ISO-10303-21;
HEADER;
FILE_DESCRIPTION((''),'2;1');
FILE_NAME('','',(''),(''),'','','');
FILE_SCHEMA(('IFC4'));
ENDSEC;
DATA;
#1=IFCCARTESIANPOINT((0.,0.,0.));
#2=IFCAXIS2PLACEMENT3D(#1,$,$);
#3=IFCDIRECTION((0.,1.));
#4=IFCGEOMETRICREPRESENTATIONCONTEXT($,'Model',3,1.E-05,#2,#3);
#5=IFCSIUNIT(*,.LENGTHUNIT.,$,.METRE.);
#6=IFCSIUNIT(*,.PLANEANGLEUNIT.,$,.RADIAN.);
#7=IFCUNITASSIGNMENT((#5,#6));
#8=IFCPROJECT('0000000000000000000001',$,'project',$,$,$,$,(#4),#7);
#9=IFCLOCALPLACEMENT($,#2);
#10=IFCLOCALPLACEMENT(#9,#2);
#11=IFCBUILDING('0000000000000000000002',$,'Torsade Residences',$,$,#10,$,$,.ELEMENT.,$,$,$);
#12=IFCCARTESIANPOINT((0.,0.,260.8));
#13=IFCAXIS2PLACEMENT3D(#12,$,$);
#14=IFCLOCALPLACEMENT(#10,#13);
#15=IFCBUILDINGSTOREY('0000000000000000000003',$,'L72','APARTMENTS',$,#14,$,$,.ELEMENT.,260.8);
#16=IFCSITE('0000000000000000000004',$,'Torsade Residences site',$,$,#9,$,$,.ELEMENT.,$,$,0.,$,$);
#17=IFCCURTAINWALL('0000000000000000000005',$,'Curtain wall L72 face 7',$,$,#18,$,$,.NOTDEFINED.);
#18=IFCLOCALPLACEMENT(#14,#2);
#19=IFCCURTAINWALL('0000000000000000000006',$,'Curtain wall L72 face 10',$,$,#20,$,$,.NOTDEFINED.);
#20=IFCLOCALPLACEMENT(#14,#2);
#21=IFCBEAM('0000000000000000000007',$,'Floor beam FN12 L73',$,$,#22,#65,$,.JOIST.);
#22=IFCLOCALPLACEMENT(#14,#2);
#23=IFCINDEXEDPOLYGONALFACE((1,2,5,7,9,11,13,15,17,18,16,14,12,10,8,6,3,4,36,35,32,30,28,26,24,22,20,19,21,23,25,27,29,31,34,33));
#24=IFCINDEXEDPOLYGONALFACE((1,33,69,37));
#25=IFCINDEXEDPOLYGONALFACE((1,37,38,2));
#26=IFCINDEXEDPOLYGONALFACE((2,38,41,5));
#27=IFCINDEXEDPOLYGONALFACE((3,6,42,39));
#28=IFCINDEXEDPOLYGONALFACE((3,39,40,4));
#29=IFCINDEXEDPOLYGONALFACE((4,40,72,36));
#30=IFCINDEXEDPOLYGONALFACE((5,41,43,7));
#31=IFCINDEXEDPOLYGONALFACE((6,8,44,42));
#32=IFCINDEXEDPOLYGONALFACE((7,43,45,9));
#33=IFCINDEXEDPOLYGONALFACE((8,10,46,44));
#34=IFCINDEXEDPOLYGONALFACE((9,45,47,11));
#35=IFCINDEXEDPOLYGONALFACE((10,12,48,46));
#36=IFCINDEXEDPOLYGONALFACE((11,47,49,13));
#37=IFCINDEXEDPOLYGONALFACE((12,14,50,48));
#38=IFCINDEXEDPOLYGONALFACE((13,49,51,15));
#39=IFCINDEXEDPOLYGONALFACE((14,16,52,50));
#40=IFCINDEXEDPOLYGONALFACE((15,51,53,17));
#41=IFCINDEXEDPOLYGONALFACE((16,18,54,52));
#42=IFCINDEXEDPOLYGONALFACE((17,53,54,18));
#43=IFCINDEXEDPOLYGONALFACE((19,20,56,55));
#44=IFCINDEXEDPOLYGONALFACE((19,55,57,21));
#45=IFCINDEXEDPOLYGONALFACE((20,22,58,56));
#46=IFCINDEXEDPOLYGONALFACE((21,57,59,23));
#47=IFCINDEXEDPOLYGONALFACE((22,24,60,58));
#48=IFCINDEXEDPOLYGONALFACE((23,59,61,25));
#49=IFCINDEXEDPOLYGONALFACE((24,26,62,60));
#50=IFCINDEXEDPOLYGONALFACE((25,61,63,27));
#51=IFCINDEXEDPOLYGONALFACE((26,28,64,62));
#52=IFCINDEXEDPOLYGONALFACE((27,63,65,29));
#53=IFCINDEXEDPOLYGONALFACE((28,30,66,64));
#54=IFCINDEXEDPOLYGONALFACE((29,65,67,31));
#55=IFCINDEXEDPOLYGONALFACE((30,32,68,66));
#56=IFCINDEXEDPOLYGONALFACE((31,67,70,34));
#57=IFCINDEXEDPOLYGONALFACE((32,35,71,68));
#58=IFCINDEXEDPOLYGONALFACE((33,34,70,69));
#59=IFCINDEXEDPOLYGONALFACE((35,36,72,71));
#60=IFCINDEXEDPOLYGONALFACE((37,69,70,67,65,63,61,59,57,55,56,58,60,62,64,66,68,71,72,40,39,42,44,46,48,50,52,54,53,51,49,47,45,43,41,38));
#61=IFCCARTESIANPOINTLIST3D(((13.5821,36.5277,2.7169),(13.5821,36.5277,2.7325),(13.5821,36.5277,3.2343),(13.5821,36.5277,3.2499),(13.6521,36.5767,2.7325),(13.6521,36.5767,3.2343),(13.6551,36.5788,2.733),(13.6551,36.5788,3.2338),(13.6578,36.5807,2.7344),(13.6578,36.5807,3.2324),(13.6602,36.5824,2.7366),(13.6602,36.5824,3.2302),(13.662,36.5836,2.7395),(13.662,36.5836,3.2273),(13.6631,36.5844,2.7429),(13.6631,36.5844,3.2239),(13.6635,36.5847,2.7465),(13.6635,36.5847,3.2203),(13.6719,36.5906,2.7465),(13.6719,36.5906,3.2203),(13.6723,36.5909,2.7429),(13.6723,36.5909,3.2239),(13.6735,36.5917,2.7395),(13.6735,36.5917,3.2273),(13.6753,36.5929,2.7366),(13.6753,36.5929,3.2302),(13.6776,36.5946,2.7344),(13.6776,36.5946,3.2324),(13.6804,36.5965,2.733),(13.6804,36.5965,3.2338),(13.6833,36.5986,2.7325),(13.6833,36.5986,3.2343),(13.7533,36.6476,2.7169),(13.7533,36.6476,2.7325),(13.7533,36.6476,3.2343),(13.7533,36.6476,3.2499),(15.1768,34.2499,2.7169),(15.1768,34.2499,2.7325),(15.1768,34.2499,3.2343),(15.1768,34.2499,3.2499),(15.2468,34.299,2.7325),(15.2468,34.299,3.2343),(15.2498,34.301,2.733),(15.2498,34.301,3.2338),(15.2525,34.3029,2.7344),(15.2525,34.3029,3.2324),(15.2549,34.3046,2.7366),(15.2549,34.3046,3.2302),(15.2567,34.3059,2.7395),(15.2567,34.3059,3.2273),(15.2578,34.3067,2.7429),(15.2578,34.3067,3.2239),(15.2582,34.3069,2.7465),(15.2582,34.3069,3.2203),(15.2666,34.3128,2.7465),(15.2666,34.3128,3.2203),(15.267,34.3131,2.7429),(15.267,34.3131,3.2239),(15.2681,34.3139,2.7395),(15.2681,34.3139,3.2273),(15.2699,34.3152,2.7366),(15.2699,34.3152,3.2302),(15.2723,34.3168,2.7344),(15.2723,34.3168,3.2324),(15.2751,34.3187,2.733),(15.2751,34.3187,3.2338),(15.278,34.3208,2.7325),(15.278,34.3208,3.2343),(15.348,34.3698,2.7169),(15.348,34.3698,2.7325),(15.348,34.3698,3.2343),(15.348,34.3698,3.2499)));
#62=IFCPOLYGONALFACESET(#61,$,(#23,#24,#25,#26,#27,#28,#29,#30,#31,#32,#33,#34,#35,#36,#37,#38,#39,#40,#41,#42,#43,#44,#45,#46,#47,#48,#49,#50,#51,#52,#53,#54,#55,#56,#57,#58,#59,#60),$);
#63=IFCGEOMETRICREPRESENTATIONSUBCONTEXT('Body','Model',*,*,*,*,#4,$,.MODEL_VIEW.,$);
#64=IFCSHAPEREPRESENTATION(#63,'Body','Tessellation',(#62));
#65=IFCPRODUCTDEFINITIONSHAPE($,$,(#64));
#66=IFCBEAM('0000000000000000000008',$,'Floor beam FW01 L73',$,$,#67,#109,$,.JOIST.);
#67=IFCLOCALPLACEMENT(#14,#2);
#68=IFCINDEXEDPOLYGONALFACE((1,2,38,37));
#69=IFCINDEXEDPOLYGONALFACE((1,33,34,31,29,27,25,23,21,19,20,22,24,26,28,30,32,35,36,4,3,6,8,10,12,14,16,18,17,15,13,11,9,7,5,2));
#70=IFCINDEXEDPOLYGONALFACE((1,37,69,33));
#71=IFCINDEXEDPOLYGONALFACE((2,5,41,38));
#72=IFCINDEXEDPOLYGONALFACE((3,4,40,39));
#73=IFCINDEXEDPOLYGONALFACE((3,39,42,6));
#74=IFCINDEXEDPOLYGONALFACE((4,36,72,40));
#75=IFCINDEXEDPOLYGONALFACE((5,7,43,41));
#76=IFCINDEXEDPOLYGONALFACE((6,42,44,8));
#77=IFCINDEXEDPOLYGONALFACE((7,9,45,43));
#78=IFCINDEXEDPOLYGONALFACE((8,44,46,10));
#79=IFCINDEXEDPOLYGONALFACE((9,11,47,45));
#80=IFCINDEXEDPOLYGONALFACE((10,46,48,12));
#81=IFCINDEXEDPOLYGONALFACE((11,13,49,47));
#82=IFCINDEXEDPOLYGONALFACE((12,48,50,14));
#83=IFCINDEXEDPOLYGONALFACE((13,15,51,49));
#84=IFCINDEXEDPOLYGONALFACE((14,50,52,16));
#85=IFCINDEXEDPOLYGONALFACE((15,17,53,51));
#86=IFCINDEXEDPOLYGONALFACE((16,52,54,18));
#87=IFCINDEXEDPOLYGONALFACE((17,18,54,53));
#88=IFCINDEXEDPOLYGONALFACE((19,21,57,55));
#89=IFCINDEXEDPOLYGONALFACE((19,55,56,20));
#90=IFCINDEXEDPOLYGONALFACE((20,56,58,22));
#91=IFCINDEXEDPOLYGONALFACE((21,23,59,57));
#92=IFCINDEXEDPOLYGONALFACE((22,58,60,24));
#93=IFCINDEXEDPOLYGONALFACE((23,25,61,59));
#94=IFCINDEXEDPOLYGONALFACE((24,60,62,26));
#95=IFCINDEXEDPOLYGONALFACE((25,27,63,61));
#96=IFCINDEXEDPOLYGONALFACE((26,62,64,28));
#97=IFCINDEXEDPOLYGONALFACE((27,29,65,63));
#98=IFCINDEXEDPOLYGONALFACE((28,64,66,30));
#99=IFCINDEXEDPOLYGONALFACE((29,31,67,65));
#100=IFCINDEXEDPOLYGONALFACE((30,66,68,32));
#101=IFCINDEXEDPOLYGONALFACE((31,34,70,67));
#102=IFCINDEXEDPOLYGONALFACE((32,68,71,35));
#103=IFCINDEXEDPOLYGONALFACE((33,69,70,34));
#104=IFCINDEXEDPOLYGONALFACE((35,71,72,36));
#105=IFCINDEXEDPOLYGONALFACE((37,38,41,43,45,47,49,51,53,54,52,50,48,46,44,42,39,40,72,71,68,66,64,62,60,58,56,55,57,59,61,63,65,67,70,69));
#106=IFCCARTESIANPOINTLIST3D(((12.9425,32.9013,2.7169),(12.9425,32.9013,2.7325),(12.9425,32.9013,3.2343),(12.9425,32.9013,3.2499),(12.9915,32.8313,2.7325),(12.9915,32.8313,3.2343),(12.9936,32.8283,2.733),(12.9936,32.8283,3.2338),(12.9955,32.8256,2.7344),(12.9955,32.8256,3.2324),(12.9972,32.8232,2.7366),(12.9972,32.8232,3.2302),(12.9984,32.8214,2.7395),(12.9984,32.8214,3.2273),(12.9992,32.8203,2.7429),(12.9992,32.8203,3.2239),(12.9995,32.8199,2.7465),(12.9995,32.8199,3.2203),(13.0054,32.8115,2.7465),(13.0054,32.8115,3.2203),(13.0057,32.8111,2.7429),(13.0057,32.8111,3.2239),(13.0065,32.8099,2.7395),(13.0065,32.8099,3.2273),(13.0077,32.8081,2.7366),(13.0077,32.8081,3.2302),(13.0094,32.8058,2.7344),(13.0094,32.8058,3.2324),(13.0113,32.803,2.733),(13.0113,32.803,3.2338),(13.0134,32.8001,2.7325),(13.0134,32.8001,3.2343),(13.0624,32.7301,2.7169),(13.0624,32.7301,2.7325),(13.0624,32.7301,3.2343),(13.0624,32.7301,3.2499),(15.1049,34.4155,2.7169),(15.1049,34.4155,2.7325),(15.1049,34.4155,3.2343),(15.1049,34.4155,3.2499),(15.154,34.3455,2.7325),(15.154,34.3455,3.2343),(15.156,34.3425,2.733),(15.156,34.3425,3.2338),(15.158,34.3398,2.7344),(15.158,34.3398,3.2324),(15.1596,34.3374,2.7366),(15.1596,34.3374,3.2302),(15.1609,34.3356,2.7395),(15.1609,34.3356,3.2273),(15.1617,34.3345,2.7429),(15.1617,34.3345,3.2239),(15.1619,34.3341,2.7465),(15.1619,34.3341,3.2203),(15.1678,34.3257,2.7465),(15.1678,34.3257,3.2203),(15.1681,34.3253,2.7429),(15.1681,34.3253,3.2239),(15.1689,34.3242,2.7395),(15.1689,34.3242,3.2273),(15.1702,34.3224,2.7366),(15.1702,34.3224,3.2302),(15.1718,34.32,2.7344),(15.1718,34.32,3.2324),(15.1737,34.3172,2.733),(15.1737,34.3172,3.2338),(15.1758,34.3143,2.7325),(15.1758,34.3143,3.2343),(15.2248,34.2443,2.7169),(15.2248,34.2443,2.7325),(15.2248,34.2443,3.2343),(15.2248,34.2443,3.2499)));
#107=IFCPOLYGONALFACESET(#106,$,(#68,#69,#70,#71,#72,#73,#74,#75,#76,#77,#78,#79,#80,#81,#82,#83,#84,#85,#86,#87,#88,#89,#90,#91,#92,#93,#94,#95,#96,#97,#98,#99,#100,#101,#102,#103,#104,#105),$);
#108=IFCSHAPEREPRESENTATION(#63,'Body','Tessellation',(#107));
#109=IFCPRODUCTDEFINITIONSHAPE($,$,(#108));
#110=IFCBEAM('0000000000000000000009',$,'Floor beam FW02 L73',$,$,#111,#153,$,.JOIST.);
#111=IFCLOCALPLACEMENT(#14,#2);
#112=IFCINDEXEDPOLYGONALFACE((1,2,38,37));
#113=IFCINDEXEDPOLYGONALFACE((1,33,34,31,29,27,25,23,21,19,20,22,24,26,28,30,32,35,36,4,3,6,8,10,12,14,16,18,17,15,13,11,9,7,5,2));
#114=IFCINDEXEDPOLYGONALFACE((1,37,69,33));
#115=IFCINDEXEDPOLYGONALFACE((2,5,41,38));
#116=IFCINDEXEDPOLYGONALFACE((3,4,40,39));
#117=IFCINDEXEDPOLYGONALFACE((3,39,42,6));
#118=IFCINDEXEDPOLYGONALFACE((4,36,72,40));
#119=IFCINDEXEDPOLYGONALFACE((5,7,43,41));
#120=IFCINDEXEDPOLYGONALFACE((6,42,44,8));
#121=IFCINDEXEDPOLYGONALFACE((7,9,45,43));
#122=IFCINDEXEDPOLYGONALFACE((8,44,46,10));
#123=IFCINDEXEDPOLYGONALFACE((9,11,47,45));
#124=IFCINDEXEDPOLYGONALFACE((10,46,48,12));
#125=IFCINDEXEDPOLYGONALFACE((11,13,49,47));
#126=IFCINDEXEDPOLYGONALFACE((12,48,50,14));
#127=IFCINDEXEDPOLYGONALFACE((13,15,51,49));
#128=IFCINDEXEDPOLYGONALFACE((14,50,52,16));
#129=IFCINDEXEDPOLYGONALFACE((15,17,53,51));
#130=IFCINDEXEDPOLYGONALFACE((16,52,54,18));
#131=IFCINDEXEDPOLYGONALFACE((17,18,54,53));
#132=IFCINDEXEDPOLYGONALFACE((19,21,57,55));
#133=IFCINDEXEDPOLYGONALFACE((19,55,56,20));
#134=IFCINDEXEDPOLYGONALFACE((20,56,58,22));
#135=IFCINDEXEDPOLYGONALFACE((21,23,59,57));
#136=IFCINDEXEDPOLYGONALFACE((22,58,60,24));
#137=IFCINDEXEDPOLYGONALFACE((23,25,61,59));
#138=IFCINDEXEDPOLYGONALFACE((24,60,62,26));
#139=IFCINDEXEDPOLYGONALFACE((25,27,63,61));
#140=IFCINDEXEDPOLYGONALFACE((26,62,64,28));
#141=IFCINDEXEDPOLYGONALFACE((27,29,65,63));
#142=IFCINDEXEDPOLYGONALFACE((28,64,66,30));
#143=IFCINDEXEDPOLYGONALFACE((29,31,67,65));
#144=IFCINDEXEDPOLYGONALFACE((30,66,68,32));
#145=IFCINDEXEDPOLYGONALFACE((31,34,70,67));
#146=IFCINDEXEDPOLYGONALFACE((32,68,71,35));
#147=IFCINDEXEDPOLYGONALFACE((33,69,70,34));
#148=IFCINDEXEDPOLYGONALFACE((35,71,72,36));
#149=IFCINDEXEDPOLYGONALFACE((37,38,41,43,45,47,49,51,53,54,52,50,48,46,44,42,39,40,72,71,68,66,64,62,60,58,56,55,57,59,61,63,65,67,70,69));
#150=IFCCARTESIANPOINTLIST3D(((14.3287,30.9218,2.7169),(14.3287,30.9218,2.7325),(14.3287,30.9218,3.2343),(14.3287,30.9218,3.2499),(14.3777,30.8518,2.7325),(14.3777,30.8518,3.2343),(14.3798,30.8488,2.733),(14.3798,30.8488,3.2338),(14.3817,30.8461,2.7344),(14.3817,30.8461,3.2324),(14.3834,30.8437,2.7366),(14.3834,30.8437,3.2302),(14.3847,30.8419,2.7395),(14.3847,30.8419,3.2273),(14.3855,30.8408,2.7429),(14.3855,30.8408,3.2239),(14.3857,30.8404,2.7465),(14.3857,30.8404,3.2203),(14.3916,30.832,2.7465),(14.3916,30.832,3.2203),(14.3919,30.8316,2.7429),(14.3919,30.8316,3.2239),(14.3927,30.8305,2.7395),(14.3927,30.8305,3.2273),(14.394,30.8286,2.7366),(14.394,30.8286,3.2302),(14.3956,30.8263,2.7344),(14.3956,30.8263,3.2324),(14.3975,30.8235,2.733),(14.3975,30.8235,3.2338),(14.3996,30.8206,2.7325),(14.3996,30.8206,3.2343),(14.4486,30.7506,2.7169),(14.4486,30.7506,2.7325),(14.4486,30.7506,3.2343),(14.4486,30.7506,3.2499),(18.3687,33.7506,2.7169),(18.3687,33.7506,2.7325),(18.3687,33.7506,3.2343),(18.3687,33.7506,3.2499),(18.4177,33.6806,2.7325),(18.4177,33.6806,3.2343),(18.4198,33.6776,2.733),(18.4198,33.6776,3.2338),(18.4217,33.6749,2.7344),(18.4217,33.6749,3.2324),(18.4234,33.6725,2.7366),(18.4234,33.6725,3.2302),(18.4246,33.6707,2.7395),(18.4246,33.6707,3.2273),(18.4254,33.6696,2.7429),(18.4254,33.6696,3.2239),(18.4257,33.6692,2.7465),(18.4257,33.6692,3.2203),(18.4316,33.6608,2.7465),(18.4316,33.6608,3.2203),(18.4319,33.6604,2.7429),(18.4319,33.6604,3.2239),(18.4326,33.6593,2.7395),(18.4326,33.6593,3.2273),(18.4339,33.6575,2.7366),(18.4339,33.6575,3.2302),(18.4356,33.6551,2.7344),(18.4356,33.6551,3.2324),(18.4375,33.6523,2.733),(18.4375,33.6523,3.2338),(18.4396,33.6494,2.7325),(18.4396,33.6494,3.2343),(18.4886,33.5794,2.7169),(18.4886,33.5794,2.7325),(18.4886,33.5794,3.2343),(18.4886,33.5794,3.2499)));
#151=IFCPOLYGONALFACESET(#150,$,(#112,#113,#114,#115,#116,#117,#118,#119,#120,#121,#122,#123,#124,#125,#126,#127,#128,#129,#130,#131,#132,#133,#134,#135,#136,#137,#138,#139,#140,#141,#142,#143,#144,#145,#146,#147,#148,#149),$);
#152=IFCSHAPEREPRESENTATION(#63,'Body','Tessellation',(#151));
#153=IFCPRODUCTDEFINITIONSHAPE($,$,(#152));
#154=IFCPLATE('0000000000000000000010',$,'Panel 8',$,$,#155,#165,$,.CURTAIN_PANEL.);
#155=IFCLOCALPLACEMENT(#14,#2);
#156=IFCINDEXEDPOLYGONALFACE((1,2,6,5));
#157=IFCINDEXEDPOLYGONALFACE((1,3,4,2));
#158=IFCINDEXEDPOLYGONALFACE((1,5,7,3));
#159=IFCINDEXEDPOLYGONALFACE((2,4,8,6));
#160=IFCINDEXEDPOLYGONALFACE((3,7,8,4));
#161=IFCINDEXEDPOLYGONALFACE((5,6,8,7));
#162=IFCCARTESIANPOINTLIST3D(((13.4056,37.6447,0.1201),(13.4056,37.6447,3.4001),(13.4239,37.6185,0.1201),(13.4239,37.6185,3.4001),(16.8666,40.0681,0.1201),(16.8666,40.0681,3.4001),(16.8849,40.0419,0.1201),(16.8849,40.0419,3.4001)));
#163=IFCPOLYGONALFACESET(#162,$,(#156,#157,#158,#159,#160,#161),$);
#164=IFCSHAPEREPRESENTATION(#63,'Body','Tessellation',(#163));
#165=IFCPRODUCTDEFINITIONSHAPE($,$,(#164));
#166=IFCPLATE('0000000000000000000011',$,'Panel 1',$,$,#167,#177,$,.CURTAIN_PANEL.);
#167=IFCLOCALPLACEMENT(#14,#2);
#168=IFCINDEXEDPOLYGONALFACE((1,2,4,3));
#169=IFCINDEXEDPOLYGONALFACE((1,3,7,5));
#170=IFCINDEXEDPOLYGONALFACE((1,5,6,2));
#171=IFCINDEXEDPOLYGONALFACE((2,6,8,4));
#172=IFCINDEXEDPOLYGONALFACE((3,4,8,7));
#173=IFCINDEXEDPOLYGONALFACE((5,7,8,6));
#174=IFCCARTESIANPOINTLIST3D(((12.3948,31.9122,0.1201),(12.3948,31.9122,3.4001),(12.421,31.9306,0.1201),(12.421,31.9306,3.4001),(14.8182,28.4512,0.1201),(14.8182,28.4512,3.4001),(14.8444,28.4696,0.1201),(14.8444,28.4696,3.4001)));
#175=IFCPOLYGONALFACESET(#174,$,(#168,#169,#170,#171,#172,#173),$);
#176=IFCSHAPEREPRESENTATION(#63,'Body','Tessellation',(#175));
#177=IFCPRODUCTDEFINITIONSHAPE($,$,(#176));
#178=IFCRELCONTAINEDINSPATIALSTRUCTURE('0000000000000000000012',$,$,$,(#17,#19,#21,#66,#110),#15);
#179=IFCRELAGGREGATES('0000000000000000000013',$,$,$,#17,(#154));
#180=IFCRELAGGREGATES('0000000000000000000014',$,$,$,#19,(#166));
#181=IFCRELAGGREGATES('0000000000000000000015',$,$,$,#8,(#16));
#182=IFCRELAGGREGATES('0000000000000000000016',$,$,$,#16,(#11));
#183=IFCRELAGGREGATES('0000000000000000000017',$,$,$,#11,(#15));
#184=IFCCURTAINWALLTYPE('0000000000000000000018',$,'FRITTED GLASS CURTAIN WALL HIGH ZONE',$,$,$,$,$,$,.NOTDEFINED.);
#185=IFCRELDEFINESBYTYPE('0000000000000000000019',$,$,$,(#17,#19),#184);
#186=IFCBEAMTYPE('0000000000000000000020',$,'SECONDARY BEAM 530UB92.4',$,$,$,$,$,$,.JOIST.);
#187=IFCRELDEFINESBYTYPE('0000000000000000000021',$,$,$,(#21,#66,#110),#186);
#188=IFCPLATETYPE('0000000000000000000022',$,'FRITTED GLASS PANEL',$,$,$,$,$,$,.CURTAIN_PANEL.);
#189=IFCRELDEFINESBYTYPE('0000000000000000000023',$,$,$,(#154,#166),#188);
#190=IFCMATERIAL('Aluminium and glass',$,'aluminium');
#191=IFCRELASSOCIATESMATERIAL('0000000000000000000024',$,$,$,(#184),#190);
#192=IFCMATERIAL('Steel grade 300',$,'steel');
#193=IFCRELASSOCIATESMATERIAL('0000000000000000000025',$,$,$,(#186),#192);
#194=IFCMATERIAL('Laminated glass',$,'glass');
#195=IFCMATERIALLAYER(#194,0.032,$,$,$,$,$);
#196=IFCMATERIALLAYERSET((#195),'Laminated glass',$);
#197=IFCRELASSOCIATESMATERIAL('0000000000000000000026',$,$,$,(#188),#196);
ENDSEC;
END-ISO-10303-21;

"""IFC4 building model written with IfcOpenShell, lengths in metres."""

from ifc_helpers import new_model, si_unit, direction, frame, origin, origin_2d, place, context, subcontext, project, spatial, rectangle, i_section, extrude, material, layer, layer_set, material_profile, profile_set, type_object, element, aggregate, save


model = new_model("IFC4")

# Units and contexts
model_context = context("Model", 3, precision=1e-05, world=origin(), true_north=direction((0.0, 1.0)))
body_context = subcontext(model_context, "Body", "Model", "MODEL_VIEW")
ifc_project = project(units=[si_unit("LENGTHUNIT", "METRE"), si_unit("PLANEANGLEUNIT", "RADIAN")], contexts=[model_context])

# Site, building, storey
site_placement = place(None, origin())
site = spatial("IfcSite", under=ifc_project, at=site_placement, Name="Torsade Residences site", CompositionType="ELEMENT", RefElevation=0.0)
building_placement = place(site_placement, origin())
building = spatial("IfcBuilding", under=site, at=building_placement, Name="Torsade Residences", CompositionType="ELEMENT")
storey_placement = place(building_placement, frame((0.0, 0.0, 260.8)))
storey = spatial("IfcBuildingStorey", under=building, at=storey_placement, Name="L72", Description="APARTMENTS", CompositionType="ELEMENT", Elevation=260.8)

# Curtain wall
ifc_material_1 = material(Name="Aluminium and glass", Category="aluminium")
curtain_wall_type = type_object("IfcCurtainWallType", Name="FRITTED GLASS CURTAIN WALL HIGH ZONE", PredefinedType="NOTDEFINED", material=ifc_material_1)
curtain_wall_1_placement = place(storey_placement, origin())
curtain_wall_1 = element("IfcCurtainWall", 1, at=curtain_wall_1_placement, inside=storey, type_object=curtain_wall_type, Name="Curtain wall L72 face 7", PredefinedType="NOTDEFINED")

# Curtain wall
curtain_wall_2_placement = place(storey_placement, origin())
curtain_wall_2 = element("IfcCurtainWall", 2, at=curtain_wall_2_placement, inside=storey, type_object=curtain_wall_type, Name="Curtain wall L72 face 10", PredefinedType="NOTDEFINED")

# Beams
ifc_material_2 = material(Name="Steel grade 300", Category="steel")
ifc_material_profile_1 = material_profile(ifc_material_2, i_section(OverallWidth=0.209, OverallDepth=0.533, WebThickness=0.0103, FlangeThickness=0.0156, FilletRadius=0.0139, at=origin_2d()), Name="530UB92.4")
ifc_profile_set_1 = profile_set([ifc_material_profile_1], Name="Steel grade 300")
beam_type_1 = type_object("IfcBeamType", Name="SECONDARY BEAM 530UB92.4", PredefinedType="JOIST", material=ifc_profile_set_1)
beam_1_placement = place(storey_placement, frame((13.6677, 36.5876, 2.9834), z_axis=(0.573521, -0.819191, 0.0), x_axis=(0.819191, 0.573521, 0.0)))
element("IfcBeam", 3, at=beam_1_placement, inside=storey, type_object=beam_type_1, Name="Floor beam FN12 L73", PredefinedType="JOIST", context=body_context, shape_type="SweptSolid", body=[
    extrude(i_section(OverallWidth=0.209, OverallDepth=0.533, WebThickness=0.0103, FlangeThickness=0.0156, FilletRadius=0.0139, at=origin_2d()), origin(), (0.0, 0.0, 1.0), 2.7805),
])
beam_2_placement = place(storey_placement, frame((13.0024, 32.8157, 2.9834), z_axis=(0.819141, 0.573593, 0.0), x_axis=(-0.573593, 0.819141, 0.0)))
element("IfcBeam", 4, at=beam_2_placement, inside=storey, type_object=beam_type_1, Name="Floor beam FW01 L73", PredefinedType="JOIST", context=body_context, shape_type="SweptSolid", body=[
    extrude(i_section(OverallWidth=0.209, OverallDepth=0.533, WebThickness=0.0103, FlangeThickness=0.0156, FilletRadius=0.0139, at=origin_2d()), origin(), (0.0, 0.0, 1.0), 2.6399),
])
beam_3_placement = place(storey_placement, frame((14.3887, 30.8362, 2.9834), z_axis=(0.819153, 0.573575, 0.0), x_axis=(-0.573575, 0.819153, 0.0)))
element("IfcBeam", 5, at=beam_3_placement, inside=storey, type_object=beam_type_1, Name="Floor beam FW02 L73", PredefinedType="JOIST", context=body_context, shape_type="SweptSolid", body=[
    extrude(i_section(OverallWidth=0.209, OverallDepth=0.533, WebThickness=0.0103, FlangeThickness=0.0156, FilletRadius=0.0139, at=origin_2d()), origin(), (0.0, 0.0, 1.0), 4.9319),
])

# Plates
ifc_material_3 = material(Name="Laminated glass", Category="glass")
ifc_layer_1 = layer(ifc_material_3, 0.032)
ifc_layer_set_1 = layer_set([ifc_layer_1], Name="Laminated glass")
plate_type = type_object("IfcPlateType", Name="FRITTED GLASS PANEL", PredefinedType="CURTAIN_PANEL", material=ifc_layer_set_1)
plate_1_placement = place(storey_placement, frame((15.1453, 38.8433, 0.1201), z_axis=(0.0, 0.0, 1.0), x_axis=(-0.819152, -0.573576, 0.0)))
plate_1 = element("IfcPlate", 6, at=plate_1_placement, type_object=plate_type, Name="Panel 8", PredefinedType="CURTAIN_PANEL", context=body_context, shape_type="SweptSolid", body=[
    extrude(rectangle(XDim=4.2251, YDim=0.032, at=origin_2d()), origin(), (0.0, 0.0, 1.0), 3.28),
])
aggregate(curtain_wall_1, [plate_1])
plate_2_placement = place(storey_placement, frame((13.6196, 30.1909, 0.1201), z_axis=(0.0, 0.0, 1.0), x_axis=(0.573576, -0.819152, 0.0)))
plate_2 = element("IfcPlate", 7, at=plate_2_placement, type_object=plate_type, Name="Panel 1", PredefinedType="CURTAIN_PANEL", context=body_context, shape_type="SweptSolid", body=[
    extrude(rectangle(XDim=4.2251, YDim=0.032, at=origin_2d()), origin(), (0.0, 0.0, 1.0), 3.28),
])
aggregate(curtain_wall_2, [plate_2])

save(model, "model.ifc")
